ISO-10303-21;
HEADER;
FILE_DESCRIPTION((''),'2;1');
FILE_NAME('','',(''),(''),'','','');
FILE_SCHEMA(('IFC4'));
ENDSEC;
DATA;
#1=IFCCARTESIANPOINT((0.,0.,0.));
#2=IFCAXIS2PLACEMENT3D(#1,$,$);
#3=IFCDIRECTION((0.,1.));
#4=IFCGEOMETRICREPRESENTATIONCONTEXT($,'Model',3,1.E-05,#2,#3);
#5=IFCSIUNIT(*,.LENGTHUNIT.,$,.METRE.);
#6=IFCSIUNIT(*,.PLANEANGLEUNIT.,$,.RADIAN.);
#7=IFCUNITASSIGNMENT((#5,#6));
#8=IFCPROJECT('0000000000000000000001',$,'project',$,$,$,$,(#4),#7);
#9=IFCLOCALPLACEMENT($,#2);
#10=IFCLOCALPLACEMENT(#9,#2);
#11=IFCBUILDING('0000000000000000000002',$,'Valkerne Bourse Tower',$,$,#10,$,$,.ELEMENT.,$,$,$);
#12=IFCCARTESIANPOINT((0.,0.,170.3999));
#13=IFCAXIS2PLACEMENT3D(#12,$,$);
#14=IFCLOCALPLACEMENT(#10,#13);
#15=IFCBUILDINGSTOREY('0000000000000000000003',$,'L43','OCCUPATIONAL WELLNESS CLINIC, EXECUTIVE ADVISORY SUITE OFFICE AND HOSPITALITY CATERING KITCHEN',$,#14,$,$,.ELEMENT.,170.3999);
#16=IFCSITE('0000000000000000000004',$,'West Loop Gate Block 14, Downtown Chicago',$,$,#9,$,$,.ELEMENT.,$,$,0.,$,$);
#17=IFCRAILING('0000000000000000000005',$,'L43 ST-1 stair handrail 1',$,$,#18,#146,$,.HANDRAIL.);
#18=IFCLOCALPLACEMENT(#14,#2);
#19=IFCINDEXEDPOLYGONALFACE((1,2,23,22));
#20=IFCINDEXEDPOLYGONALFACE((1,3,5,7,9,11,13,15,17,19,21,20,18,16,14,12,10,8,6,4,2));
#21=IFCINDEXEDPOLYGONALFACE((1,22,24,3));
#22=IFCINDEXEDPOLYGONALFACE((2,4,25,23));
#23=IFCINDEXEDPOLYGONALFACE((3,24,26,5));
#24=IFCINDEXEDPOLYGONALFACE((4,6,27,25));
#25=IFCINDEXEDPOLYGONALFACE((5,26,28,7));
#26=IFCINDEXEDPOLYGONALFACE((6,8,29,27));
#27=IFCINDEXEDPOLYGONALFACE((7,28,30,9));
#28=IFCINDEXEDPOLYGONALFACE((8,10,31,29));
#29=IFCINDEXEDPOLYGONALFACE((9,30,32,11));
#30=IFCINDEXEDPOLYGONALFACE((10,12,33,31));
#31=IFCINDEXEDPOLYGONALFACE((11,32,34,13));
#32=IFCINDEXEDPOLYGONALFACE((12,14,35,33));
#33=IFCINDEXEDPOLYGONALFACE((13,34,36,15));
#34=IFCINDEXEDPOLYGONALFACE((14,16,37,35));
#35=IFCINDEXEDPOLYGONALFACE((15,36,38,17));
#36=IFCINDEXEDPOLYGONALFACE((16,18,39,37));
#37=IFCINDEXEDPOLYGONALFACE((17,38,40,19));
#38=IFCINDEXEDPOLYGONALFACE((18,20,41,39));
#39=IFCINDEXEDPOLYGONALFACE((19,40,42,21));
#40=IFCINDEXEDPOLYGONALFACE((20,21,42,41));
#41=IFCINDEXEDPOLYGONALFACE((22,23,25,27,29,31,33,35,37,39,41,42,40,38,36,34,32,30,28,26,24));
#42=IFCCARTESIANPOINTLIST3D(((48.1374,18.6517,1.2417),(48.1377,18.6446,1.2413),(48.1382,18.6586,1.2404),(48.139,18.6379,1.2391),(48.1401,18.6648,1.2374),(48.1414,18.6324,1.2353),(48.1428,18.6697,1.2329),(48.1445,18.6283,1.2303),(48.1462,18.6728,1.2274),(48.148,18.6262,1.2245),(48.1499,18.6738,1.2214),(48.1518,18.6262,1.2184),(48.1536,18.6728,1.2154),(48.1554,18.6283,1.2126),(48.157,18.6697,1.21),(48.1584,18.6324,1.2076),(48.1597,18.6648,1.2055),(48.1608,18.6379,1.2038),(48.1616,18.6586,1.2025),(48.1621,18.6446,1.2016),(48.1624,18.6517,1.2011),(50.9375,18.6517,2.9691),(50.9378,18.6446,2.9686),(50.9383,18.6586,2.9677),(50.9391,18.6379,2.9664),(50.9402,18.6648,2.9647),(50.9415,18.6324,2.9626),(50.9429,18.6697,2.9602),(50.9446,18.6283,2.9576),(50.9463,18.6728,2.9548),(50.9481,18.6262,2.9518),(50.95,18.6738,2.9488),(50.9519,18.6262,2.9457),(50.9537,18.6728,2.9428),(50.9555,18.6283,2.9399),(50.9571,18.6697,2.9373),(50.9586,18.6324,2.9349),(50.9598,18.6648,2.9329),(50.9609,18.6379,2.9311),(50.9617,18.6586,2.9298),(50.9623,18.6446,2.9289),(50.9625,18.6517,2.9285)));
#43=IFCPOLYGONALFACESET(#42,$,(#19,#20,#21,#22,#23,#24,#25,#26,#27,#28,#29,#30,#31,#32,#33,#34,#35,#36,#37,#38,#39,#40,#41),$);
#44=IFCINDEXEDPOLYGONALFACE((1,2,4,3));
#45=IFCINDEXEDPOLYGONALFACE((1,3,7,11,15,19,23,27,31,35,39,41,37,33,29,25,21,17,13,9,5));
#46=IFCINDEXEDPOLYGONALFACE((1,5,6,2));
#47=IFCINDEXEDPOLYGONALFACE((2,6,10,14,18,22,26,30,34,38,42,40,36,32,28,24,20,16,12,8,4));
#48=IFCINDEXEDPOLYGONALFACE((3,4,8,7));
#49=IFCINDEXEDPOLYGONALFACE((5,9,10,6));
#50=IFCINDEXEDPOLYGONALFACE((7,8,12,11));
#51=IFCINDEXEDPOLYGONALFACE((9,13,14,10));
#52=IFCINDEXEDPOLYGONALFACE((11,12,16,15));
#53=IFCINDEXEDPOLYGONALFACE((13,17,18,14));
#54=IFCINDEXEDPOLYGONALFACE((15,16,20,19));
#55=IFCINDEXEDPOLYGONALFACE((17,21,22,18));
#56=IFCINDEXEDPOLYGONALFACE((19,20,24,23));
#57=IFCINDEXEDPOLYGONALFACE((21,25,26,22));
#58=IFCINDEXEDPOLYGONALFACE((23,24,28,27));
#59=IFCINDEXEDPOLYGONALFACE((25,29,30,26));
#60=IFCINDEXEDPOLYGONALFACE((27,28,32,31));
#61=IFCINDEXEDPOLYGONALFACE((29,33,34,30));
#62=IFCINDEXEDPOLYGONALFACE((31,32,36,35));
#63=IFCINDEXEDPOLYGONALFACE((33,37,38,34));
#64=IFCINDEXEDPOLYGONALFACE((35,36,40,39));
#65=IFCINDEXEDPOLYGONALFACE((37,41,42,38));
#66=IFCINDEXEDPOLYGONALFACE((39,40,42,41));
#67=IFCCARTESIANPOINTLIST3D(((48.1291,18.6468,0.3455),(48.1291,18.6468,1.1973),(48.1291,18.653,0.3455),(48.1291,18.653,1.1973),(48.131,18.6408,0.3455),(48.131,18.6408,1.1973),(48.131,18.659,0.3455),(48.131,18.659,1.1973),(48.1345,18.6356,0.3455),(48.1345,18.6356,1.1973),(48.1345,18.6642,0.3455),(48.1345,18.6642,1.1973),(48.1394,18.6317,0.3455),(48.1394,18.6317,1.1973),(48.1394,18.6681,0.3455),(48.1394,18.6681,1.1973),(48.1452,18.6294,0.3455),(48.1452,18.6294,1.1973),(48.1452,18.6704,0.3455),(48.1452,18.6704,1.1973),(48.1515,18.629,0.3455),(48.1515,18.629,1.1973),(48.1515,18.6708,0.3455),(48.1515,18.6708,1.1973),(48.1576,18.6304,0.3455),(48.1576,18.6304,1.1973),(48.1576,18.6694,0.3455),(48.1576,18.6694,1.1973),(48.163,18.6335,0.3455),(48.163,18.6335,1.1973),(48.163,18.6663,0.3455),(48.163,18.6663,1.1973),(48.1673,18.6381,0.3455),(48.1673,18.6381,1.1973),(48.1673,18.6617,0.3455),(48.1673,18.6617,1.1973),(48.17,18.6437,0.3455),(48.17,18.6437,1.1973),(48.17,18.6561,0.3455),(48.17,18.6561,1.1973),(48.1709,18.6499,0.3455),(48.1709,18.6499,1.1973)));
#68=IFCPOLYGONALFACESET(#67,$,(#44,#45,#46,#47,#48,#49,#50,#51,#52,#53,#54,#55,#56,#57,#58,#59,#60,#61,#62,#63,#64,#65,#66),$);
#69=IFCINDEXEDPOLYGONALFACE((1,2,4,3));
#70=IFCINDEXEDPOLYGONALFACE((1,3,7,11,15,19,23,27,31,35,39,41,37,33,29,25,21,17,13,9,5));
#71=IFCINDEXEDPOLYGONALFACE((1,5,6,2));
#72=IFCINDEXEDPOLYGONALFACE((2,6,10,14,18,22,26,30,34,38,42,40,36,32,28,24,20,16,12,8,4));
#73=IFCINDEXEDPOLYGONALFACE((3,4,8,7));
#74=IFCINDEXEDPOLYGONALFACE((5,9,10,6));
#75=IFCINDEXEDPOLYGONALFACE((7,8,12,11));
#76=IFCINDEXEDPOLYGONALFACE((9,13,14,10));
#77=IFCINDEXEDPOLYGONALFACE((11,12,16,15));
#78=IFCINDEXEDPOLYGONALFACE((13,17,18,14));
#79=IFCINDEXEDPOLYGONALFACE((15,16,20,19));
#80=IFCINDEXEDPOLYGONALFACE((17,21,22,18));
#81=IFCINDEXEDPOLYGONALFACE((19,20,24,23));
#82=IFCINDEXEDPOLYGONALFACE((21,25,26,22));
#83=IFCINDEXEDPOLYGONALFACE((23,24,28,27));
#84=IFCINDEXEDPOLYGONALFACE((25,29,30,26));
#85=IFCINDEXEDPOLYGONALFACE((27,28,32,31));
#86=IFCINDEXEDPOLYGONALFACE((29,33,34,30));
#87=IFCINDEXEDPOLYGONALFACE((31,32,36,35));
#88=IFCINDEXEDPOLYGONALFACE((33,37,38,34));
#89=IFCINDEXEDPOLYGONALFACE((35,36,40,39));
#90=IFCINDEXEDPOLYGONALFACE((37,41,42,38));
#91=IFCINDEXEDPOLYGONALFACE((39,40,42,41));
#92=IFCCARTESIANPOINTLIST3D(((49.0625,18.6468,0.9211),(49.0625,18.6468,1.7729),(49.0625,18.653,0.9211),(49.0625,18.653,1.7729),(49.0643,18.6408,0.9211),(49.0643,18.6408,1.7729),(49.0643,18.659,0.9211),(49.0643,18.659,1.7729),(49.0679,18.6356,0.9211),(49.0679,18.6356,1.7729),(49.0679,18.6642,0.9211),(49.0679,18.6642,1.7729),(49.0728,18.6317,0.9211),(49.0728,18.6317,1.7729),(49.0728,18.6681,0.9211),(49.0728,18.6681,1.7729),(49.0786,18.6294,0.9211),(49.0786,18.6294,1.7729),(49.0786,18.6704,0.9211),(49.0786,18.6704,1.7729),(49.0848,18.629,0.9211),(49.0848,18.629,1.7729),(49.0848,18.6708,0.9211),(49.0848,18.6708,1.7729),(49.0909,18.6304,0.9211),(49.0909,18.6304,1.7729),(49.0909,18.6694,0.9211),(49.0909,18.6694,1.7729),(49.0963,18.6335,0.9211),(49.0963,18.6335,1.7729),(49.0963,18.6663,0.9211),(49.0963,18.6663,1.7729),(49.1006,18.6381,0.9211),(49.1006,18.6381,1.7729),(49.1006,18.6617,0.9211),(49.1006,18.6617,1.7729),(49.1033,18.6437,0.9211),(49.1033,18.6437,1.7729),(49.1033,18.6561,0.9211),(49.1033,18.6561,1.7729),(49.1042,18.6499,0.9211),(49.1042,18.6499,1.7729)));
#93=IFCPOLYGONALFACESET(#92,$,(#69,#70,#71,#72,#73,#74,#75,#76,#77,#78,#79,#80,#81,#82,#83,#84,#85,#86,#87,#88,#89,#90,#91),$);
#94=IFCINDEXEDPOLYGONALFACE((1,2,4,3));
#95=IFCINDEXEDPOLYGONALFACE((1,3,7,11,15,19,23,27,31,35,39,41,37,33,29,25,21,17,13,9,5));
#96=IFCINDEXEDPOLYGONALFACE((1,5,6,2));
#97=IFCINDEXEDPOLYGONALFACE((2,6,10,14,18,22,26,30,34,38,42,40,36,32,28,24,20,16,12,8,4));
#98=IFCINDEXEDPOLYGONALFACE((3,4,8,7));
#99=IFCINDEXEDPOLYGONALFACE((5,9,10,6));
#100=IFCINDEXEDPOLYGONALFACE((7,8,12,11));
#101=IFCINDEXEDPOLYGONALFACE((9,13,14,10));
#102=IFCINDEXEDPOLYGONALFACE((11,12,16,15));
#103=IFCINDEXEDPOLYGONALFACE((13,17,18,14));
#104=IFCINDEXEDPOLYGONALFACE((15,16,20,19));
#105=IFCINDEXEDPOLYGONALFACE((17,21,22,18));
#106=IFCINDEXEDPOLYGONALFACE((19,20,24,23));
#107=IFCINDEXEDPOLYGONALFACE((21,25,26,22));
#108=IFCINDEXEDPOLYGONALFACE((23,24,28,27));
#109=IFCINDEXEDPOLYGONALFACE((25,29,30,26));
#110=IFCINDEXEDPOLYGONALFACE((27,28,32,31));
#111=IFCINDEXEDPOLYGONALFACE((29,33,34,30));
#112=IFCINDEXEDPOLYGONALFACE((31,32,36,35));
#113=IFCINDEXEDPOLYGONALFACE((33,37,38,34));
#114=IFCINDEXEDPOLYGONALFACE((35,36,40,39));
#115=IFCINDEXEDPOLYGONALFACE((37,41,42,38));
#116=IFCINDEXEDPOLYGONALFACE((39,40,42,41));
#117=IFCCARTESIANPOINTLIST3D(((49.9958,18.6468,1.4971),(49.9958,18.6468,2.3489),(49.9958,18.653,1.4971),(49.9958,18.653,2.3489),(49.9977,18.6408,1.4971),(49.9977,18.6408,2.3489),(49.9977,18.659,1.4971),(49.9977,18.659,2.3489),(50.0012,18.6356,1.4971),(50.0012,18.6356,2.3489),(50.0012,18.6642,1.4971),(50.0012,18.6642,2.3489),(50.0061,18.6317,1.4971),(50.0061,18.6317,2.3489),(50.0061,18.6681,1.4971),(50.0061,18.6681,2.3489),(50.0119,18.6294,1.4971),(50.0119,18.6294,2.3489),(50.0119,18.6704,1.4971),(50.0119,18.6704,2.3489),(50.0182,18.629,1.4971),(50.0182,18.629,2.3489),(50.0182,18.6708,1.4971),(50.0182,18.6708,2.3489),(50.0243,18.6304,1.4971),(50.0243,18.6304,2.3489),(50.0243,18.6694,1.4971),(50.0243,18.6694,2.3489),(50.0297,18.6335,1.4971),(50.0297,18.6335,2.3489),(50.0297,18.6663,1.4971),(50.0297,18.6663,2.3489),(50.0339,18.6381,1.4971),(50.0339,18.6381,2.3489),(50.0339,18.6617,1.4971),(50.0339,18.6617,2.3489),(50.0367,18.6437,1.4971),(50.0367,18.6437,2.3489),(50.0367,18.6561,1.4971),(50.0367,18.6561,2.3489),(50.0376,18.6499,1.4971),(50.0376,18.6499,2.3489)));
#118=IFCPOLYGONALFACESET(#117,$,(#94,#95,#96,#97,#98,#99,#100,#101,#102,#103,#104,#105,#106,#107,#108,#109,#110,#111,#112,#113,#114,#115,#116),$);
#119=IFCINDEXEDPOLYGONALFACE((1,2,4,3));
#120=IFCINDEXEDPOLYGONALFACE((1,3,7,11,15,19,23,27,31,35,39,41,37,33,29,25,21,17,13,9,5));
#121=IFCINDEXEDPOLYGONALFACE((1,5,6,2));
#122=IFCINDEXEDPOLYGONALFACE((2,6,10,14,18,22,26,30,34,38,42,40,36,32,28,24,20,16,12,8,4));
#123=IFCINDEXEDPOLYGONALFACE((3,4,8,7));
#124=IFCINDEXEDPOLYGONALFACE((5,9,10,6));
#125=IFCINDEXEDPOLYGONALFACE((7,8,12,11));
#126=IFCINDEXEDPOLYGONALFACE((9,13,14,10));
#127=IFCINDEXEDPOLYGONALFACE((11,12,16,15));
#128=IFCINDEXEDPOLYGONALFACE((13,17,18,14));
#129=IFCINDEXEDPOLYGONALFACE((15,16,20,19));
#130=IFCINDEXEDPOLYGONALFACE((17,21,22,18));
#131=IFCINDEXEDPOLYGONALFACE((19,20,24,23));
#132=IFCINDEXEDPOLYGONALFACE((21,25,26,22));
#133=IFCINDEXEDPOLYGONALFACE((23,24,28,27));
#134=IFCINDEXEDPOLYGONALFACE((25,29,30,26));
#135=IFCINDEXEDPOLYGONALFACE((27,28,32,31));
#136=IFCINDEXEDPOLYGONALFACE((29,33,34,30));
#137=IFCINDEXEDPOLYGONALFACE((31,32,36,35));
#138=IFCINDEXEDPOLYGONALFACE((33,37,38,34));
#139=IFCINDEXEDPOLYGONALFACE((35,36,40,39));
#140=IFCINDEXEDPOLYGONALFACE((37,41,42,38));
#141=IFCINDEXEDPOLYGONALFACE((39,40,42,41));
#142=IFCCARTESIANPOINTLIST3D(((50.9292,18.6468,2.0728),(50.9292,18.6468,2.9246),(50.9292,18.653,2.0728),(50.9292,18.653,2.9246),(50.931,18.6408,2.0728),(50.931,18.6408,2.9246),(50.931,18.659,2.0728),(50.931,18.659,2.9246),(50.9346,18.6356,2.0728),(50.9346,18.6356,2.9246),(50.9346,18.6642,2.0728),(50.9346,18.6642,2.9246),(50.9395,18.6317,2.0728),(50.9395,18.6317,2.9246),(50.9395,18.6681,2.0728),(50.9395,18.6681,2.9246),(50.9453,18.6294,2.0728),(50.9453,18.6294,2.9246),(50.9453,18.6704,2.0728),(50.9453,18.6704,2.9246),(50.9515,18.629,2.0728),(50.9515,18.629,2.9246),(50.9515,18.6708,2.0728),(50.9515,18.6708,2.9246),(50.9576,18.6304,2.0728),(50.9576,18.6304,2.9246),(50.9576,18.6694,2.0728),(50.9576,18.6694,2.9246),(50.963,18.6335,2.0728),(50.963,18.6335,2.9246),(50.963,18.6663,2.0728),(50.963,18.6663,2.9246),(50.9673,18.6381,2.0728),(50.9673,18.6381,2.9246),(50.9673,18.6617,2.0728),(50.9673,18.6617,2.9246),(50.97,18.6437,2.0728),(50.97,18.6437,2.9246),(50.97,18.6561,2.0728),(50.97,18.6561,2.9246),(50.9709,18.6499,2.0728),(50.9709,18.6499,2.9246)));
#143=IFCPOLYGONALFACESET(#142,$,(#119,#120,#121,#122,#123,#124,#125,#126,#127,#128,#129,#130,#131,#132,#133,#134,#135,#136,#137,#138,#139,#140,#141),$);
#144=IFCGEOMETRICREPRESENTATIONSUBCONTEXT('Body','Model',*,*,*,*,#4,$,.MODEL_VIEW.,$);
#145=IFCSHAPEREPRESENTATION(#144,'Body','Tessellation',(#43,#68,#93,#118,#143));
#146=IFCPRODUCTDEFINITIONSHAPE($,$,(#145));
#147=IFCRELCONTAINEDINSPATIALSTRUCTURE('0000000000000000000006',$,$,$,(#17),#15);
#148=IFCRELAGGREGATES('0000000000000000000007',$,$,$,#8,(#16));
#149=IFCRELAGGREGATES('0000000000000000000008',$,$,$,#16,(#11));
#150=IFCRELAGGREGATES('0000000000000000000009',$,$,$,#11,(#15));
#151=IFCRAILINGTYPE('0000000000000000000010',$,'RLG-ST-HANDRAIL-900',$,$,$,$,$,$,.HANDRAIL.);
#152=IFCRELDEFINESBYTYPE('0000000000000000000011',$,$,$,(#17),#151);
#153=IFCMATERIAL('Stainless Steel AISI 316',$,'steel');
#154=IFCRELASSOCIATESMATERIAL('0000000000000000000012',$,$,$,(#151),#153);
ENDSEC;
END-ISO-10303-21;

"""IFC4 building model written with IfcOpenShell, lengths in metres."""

from ifc_helpers import new_model, si_unit, direction, frame, origin, origin_2d, place, context, subcontext, project, spatial, circle, extrude, material, type_object, element, save


model = new_model("IFC4")

# Units and contexts
model_context = context("Model", 3, precision=1e-05, world=origin(), true_north=direction((0.0, 1.0)))
body_context = subcontext(model_context, "Body", "Model", "MODEL_VIEW")
ifc_project = project(units=[si_unit("LENGTHUNIT", "METRE"), si_unit("PLANEANGLEUNIT", "RADIAN")], contexts=[model_context])

# Site, building, storey
site_placement = place(None, origin())
site = spatial("IfcSite", under=ifc_project, at=site_placement, Name="West Loop Gate Block 14, Downtown Chicago", CompositionType="ELEMENT", RefElevation=0.0)
building_placement = place(site_placement, origin())
building = spatial("IfcBuilding", under=site, at=building_placement, Name="Valkerne Bourse Tower", CompositionType="ELEMENT")
storey_placement = place(building_placement, frame((0.0, 0.0, 170.3999)))
storey = spatial("IfcBuildingStorey", under=building, at=storey_placement, Name="L43", Description="OCCUPATIONAL WELLNESS CLINIC, EXECUTIVE ADVISORY SUITE OFFICE AND HOSPITALITY CATERING KITCHEN", CompositionType="ELEMENT", Elevation=170.3999)

# Shared definitions
ifc_material_1 = material(Name="Stainless Steel AISI 316", Category="steel")

# Railing
railing_type_1 = type_object("IfcRailingType", Name="RLG-ST-HANDRAIL-900", PredefinedType="HANDRAIL", material=ifc_material_1)
railing_1_placement = place(storey_placement, frame((48.1499, 18.6499, 0.3455)))
element("IfcRailing", 1, at=railing_1_placement, inside=storey, type_object=railing_type_1, Name="L43 ST-1 stair handrail 1", PredefinedType="HANDRAIL", context=body_context, shape_type="SweptSolid", body=[
    extrude(circle(Radius=0.0239, at=origin_2d()), frame((0.0, 0.0, 0.876), z_axis=(0.85109, 0.0, 0.52502), x_axis=(0.0, 1.0, 0.0)), (0.0, 0.0, 1.0), 3.29),
    extrude(circle(Radius=0.021, at=origin_2d()), origin(), (0.0, 0.0, 1.0), 0.8518),
    extrude(circle(Radius=0.021, at=origin_2d()), frame((0.9333, 0.0, 0.5757)), (0.0, 0.0, 1.0), 0.8518),
    extrude(circle(Radius=0.021, at=origin_2d()), frame((1.8667, 0.0, 1.1516)), (0.0, 0.0, 1.0), 0.8518),
    extrude(circle(Radius=0.021, at=origin_2d()), frame((2.8, 0.0, 1.7273)), (0.0, 0.0, 1.0), 0.8518),
])

save(model, "model.ifc")
